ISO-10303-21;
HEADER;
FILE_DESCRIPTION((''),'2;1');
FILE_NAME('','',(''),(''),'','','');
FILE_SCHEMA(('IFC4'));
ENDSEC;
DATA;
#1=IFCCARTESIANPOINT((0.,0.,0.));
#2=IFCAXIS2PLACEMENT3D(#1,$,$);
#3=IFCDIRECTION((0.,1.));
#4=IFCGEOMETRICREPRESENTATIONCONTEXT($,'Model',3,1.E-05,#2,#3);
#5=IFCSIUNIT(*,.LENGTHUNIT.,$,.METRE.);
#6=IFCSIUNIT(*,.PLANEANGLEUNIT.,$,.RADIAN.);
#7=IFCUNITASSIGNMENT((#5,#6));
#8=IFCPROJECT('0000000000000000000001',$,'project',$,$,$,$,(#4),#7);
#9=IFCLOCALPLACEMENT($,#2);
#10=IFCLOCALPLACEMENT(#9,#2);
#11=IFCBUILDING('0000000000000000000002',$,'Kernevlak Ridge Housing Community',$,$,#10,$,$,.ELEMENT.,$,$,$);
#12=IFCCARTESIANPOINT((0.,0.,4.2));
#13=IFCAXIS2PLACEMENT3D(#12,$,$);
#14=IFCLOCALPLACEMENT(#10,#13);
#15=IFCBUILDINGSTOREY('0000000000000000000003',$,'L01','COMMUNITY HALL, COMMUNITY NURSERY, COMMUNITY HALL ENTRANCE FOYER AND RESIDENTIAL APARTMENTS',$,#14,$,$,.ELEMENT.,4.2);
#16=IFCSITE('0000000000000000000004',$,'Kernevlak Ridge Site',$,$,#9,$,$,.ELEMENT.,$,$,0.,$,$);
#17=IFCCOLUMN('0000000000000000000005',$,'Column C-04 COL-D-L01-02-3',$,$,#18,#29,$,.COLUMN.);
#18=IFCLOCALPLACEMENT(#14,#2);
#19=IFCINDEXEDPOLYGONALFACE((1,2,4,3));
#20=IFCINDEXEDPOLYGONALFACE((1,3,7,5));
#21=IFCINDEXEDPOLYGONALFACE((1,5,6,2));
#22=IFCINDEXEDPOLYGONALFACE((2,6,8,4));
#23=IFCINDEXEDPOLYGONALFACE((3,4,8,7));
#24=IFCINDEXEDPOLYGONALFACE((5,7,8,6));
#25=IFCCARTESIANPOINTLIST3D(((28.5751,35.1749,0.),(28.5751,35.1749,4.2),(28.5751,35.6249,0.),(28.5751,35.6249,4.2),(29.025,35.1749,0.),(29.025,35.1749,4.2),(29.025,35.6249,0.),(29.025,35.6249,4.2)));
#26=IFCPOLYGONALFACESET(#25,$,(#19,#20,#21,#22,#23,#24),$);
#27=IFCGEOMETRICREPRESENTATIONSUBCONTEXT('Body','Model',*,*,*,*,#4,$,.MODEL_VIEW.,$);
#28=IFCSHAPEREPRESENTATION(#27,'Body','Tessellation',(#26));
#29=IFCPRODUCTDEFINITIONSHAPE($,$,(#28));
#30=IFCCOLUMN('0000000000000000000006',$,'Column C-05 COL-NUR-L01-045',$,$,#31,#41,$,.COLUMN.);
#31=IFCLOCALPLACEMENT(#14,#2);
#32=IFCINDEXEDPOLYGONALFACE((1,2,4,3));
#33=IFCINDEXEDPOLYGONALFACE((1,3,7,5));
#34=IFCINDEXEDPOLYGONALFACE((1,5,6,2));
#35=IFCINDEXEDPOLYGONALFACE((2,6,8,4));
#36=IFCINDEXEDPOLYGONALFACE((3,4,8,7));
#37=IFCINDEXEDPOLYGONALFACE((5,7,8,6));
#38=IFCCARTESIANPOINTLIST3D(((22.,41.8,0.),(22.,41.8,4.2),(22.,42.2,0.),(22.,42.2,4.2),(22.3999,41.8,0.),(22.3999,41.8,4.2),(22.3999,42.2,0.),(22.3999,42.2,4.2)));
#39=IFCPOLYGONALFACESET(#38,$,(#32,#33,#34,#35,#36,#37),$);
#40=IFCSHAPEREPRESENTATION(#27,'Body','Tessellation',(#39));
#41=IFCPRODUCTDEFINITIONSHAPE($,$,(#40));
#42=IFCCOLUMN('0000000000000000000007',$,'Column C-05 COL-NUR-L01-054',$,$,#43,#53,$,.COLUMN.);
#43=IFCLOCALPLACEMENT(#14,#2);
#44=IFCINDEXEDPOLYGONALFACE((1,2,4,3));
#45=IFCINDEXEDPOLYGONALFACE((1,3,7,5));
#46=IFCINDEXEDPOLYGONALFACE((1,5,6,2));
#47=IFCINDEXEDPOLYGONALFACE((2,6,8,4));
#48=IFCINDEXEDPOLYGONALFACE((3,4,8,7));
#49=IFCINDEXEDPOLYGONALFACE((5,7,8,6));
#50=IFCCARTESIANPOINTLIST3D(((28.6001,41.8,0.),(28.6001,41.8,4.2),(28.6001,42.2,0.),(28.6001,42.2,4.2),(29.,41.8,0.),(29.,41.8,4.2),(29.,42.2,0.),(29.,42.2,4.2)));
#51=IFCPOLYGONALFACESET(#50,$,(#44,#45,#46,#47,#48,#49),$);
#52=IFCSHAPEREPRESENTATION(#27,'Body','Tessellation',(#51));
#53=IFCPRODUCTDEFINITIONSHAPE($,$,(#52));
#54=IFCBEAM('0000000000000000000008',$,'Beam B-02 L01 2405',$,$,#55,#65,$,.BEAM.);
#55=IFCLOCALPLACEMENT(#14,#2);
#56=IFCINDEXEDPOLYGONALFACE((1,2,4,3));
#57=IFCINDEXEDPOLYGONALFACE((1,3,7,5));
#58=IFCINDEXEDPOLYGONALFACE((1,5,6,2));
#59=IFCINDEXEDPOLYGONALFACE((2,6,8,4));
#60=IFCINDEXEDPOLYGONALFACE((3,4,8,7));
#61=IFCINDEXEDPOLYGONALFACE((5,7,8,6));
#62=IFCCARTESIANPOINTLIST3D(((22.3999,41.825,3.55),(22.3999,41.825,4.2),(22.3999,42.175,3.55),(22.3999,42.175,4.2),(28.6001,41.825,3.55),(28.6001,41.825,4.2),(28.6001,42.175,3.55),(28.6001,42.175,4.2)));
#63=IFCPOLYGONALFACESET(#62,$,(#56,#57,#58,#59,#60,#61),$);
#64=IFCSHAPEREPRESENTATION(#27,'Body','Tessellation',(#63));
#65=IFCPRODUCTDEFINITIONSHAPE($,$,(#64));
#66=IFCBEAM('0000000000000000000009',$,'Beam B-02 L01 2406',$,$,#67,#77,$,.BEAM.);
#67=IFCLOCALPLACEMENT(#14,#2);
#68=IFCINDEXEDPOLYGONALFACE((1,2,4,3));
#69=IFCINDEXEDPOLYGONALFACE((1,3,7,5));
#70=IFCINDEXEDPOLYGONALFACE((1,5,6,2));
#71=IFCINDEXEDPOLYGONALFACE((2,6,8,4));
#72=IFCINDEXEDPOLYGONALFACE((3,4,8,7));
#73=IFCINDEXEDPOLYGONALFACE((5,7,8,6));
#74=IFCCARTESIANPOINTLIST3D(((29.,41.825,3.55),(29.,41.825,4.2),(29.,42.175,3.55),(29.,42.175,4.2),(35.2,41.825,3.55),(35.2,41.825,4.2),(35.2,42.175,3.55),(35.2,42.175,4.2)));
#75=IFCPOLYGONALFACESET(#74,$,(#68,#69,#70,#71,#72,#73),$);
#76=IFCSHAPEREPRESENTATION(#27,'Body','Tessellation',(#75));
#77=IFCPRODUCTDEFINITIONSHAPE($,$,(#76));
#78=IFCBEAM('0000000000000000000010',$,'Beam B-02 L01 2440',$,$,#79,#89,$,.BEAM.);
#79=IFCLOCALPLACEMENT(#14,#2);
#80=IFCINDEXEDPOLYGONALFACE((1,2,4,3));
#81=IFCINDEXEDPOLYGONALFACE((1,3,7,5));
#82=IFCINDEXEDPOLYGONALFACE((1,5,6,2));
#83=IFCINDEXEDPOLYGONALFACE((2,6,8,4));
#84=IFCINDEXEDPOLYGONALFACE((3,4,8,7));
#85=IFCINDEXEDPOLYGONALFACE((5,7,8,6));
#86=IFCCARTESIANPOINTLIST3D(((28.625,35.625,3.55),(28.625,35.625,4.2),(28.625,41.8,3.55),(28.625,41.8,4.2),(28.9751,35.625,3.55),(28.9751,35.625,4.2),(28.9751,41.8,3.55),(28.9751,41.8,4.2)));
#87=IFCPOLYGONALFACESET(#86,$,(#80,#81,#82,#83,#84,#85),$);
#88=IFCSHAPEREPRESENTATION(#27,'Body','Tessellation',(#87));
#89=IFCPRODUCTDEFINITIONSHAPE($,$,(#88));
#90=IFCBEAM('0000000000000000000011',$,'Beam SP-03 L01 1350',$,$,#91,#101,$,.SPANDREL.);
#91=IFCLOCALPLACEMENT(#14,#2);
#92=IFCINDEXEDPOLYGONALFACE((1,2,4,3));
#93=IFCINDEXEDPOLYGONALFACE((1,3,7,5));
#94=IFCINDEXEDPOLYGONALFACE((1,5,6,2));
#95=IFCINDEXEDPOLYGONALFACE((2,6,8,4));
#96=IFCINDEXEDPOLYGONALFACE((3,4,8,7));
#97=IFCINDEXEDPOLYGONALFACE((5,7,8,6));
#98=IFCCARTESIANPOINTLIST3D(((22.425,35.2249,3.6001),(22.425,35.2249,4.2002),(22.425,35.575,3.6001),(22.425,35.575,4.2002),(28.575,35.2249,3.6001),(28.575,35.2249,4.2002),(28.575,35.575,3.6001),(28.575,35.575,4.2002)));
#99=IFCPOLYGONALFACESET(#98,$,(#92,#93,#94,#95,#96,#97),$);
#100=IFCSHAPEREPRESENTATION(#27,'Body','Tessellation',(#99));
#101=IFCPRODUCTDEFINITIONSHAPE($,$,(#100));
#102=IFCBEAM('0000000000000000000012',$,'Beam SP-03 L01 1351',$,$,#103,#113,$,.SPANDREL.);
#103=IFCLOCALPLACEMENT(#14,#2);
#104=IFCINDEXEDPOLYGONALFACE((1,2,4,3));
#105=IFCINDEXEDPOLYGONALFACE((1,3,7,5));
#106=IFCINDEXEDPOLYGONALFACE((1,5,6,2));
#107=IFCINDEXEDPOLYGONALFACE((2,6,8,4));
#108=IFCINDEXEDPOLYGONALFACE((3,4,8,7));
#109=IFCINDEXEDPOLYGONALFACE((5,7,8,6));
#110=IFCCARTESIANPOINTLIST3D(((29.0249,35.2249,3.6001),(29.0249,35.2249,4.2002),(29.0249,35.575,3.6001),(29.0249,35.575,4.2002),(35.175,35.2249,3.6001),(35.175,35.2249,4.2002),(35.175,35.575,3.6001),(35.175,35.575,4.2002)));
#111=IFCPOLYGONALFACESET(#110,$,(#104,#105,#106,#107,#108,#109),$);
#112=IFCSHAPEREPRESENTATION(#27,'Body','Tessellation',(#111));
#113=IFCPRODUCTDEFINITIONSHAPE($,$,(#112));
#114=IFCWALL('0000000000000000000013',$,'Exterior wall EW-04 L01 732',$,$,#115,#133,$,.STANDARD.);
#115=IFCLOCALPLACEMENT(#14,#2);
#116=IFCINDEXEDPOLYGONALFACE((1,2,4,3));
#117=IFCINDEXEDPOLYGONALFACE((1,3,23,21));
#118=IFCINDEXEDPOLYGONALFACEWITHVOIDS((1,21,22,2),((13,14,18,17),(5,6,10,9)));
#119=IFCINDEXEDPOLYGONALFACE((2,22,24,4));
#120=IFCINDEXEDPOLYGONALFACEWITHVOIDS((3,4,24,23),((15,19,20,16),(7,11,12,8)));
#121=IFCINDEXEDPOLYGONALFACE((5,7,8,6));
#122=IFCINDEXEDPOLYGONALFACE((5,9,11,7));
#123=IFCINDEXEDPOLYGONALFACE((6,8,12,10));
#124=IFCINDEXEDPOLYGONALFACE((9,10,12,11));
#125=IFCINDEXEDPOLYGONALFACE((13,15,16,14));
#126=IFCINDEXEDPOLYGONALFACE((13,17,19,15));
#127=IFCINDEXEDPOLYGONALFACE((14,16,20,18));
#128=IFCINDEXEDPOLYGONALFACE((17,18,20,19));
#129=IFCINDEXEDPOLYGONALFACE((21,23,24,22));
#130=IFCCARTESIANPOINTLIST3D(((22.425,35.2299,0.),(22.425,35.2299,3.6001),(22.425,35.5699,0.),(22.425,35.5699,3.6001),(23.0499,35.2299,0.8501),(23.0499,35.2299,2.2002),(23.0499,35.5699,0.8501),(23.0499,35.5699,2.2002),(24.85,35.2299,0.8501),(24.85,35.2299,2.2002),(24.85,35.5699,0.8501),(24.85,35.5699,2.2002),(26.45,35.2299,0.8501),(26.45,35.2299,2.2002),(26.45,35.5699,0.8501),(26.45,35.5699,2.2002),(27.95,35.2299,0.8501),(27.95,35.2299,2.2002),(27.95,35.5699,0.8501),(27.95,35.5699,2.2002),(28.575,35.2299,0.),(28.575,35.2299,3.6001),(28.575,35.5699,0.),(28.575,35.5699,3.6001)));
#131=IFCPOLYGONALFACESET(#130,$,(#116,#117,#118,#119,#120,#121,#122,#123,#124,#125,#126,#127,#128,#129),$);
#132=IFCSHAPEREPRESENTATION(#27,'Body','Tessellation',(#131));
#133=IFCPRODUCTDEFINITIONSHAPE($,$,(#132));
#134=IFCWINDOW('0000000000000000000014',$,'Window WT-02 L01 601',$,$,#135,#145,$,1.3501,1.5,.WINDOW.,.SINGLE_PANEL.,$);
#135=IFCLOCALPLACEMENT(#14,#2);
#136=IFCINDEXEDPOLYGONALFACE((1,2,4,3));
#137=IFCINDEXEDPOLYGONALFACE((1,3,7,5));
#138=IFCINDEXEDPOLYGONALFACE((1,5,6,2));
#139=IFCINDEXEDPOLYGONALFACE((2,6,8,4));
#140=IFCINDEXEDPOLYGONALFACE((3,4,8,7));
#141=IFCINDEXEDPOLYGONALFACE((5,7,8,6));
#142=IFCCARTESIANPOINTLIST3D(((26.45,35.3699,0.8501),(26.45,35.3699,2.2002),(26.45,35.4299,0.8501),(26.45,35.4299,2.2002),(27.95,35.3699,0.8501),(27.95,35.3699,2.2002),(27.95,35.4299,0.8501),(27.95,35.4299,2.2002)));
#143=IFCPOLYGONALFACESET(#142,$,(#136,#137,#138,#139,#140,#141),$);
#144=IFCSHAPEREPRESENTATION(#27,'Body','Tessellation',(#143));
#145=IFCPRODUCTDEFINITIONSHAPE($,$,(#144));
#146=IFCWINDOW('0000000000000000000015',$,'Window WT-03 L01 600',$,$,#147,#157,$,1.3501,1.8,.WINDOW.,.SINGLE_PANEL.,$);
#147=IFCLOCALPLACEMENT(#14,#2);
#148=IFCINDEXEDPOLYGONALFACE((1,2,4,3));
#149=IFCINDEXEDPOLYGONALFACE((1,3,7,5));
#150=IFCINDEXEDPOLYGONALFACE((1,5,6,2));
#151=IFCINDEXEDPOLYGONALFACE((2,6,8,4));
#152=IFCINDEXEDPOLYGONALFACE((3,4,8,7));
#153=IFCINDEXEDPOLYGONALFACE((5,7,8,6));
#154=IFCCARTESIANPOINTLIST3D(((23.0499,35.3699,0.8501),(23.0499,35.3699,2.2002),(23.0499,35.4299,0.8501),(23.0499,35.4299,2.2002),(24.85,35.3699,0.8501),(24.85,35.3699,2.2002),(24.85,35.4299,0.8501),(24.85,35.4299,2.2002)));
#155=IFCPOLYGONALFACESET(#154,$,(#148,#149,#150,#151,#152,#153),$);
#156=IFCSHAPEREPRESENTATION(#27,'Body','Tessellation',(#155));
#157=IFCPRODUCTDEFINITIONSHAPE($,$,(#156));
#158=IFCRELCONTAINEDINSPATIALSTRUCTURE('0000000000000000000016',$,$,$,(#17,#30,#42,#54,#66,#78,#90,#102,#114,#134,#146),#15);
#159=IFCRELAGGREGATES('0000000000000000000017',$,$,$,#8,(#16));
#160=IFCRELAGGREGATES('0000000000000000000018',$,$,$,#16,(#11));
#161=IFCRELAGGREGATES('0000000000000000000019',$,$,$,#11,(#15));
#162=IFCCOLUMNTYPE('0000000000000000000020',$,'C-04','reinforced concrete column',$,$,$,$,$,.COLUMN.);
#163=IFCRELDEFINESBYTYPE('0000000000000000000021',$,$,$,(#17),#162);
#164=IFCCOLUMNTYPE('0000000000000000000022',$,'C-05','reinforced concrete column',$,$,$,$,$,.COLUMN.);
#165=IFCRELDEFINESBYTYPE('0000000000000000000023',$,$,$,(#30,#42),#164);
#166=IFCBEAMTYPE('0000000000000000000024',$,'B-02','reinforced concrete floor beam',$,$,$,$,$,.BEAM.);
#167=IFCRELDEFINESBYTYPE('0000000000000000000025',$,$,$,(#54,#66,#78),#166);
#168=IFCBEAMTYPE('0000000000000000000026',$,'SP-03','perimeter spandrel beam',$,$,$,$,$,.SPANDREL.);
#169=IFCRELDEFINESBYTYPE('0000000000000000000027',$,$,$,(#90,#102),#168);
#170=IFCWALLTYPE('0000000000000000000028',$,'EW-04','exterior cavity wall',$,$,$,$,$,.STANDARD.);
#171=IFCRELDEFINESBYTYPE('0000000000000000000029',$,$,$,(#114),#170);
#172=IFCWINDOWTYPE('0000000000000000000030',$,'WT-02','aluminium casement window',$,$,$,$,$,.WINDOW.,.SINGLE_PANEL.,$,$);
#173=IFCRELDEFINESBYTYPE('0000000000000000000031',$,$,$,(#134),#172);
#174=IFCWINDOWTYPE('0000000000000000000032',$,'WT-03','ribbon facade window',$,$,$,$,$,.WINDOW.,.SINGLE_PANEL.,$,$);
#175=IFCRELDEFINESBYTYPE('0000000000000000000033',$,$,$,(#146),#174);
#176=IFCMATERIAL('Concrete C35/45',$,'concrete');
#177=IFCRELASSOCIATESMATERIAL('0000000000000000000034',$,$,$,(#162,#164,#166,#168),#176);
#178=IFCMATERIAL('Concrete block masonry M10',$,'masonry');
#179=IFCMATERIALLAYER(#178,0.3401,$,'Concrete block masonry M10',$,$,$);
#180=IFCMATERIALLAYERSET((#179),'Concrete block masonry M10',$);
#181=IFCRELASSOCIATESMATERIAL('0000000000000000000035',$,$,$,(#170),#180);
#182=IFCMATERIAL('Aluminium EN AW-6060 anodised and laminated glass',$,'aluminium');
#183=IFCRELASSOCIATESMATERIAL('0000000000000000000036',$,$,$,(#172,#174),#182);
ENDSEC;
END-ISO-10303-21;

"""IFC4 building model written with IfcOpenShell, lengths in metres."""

from ifc_helpers import new_model, si_unit, direction, frame, frame_2d, origin, origin_2d, place, context, subcontext, project, spatial, rectangle, extrude, material, layer, layer_set, material_profile, profile_set, type_object, element, fill, save


model = new_model("IFC4")

# Units and contexts
model_context = context("Model", 3, precision=1e-05, world=origin(), true_north=direction((0.0, 1.0)))
body_context = subcontext(model_context, "Body", "Model", "MODEL_VIEW")
ifc_project = project(units=[si_unit("LENGTHUNIT", "METRE"), si_unit("PLANEANGLEUNIT", "RADIAN")], contexts=[model_context])

# Site, building, storey
site_placement = place(None, origin())
site = spatial("IfcSite", under=ifc_project, at=site_placement, Name="Kernevlak Ridge Site", CompositionType="ELEMENT", RefElevation=0.0)
building_placement = place(site_placement, origin())
building = spatial("IfcBuilding", under=site, at=building_placement, Name="Kernevlak Ridge Housing Community", CompositionType="ELEMENT")
storey_placement = place(building_placement, frame((0.0, 0.0, 4.2)))
storey = spatial("IfcBuildingStorey", under=building, at=storey_placement, Name="L01", Description="COMMUNITY HALL, COMMUNITY NURSERY, COMMUNITY HALL ENTRANCE FOYER AND RESIDENTIAL APARTMENTS", CompositionType="ELEMENT", Elevation=4.2)

# Columns
ifc_material_1 = material(Name="Concrete C35/45", Category="concrete")
ifc_material_profile_1 = material_profile(ifc_material_1, rectangle(XDim=0.45, YDim=0.45, at=origin_2d()), Name="RC 450x450")
ifc_profile_set_1 = profile_set([ifc_material_profile_1], Name="Concrete C35/45")
column_type_1 = type_object("IfcColumnType", Name="C-04", Description="reinforced concrete column", PredefinedType="COLUMN", material=ifc_profile_set_1)
column_placement = place(storey_placement, frame((28.8, 35.3999, 0.0), z_axis=(0.0, 0.0, 1.0), x_axis=(1.0, 0.0, 0.0)))
element("IfcColumn", 1, at=column_placement, inside=storey, type_object=column_type_1, Name="Column C-04 COL-D-L01-02-3", PredefinedType="COLUMN", context=body_context, shape_type="SweptSolid", body=[
    extrude(rectangle(XDim=0.45, YDim=0.45, at=origin_2d()), origin(), (0.0, 0.0, 1.0), 4.2),
])
ifc_material_profile_2 = material_profile(ifc_material_1, rectangle(XDim=0.3999, YDim=0.3999, at=origin_2d()), Name="RC 400x400")
ifc_profile_set_2 = profile_set([ifc_material_profile_2], Name="Concrete C35/45")
column_type_2 = type_object("IfcColumnType", Name="C-05", Description="reinforced concrete column", PredefinedType="COLUMN", material=ifc_profile_set_2)
for number, where, z_axis, x_axis, name in (
    (2, (22.2, 42.0, 0.0), (0.0, 0.0, 1.0), (1.0, 0.0, 0.0), "Column C-05 COL-NUR-L01-045"),
    (3, (28.8, 42.0, 0.0), (0.0, 0.0, 1.0), (1.0, 0.0, 0.0), "Column C-05 COL-NUR-L01-054"),
):
    element("IfcColumn", number, at=place(storey_placement, frame(where, z_axis=z_axis, x_axis=x_axis)), inside=storey, type_object=column_type_2, Name=name, PredefinedType="COLUMN", context=body_context, shape_type="SweptSolid", body=[
        extrude(rectangle(XDim=0.3999, YDim=0.3999, at=origin_2d()), origin(), (0.0, 0.0, 1.0), 4.2),
    ])

# Beams
ifc_material_profile_3 = material_profile(ifc_material_1, rectangle(XDim=0.3501, YDim=0.6499, at=origin_2d()), Name="RC 350x650")
ifc_profile_set_3 = profile_set([ifc_material_profile_3], Name="Concrete C35/45")
beam_type_1 = type_object("IfcBeamType", Name="B-02", Description="reinforced concrete floor beam", PredefinedType="BEAM", material=ifc_profile_set_3)
beam_1_placement = place(storey_placement, frame((22.3999, 42.0, 3.875), z_axis=(1.0, 0.0, 0.0), x_axis=(0.0, 1.0, 0.0)))
element("IfcBeam", 4, at=beam_1_placement, inside=storey, type_object=beam_type_1, Name="Beam B-02 L01 2405", PredefinedType="BEAM", context=body_context, shape_type="SweptSolid", body=[
    extrude(rectangle(XDim=0.3501, YDim=0.6499, at=origin_2d()), origin(), (0.0, 0.0, 1.0), 6.2002),
])
beam_2_placement = place(storey_placement, frame((29.0, 42.0, 3.875), z_axis=(1.0, 0.0, 0.0), x_axis=(0.0, 1.0, 0.0)))
element("IfcBeam", 5, at=beam_2_placement, inside=storey, type_object=beam_type_1, Name="Beam B-02 L01 2406", PredefinedType="BEAM", context=body_context, shape_type="SweptSolid", body=[
    extrude(rectangle(XDim=0.3501, YDim=0.6499, at=origin_2d()), origin(), (0.0, 0.0, 1.0), 6.2),
])
beam_3_placement = place(storey_placement, frame((28.8, 35.625, 3.875), z_axis=(0.0, 1.0, 0.0), x_axis=(-1.0, 0.0, 0.0)))
element("IfcBeam", 6, at=beam_3_placement, inside=storey, type_object=beam_type_1, Name="Beam B-02 L01 2440", PredefinedType="BEAM", context=body_context, shape_type="SweptSolid", body=[
    extrude(rectangle(XDim=0.3501, YDim=0.6499, at=origin_2d()), origin(), (0.0, 0.0, 1.0), 6.175),
])
ifc_material_profile_4 = material_profile(ifc_material_1, rectangle(XDim=0.3501, YDim=0.6001, at=origin_2d()), Name="RC 350x600")
ifc_profile_set_4 = profile_set([ifc_material_profile_4], Name="Concrete C35/45")
beam_type_2 = type_object("IfcBeamType", Name="SP-03", Description="perimeter spandrel beam", PredefinedType="SPANDREL", material=ifc_profile_set_4)
beam_4_placement = place(storey_placement, frame((22.425, 35.3999, 3.9001), z_axis=(1.0, 0.0, 0.0), x_axis=(0.0, 1.0, 0.0)))
element("IfcBeam", 7, at=beam_4_placement, inside=storey, type_object=beam_type_2, Name="Beam SP-03 L01 1350", PredefinedType="SPANDREL", context=body_context, shape_type="SweptSolid", body=[
    extrude(rectangle(XDim=0.3501, YDim=0.6001, at=origin_2d()), origin(), (0.0, 0.0, 1.0), 6.1499),
])
beam_5_placement = place(storey_placement, frame((29.0249, 35.3999, 3.9001), z_axis=(1.0, 0.0, 0.0), x_axis=(0.0, 1.0, 0.0)))
element("IfcBeam", 8, at=beam_5_placement, inside=storey, type_object=beam_type_2, Name="Beam SP-03 L01 1351", PredefinedType="SPANDREL", context=body_context, shape_type="SweptSolid", body=[
    extrude(rectangle(XDim=0.3501, YDim=0.6001, at=origin_2d()), origin(), (0.0, 0.0, 1.0), 6.1501),
])

# Wall, openings, windows
ifc_material_2 = material(Name="Concrete block masonry M10", Category="masonry")
ifc_layer_1 = layer(ifc_material_2, 0.3401, Name="Concrete block masonry M10")
ifc_layer_set_1 = layer_set([ifc_layer_1], Name="Concrete block masonry M10")
wall_type_1 = type_object("IfcWallType", Name="EW-04", Description="exterior cavity wall", PredefinedType="STANDARD", material=ifc_layer_set_1)
wall_1_placement = place(storey_placement, frame((22.425, 35.3999, 0.0), z_axis=(0.0, 0.0, 1.0), x_axis=(1.0, 0.0, 0.0)))
wall_1 = element("IfcWall", 9, at=wall_1_placement, inside=storey, type_object=wall_type_1, Name="Exterior wall EW-04 L01 732", PredefinedType="STANDARD", context=body_context, shape_type="SweptSolid", body=[
    extrude(rectangle(XDim=6.1499, YDim=0.3401, at=frame_2d((3.075, 0.0))), origin(), (0.0, 0.0, 1.0), 3.6001),
])
opening_1_placement = place(wall_1_placement, frame((0.625, 0.0, 0.8501)))
opening_1 = element("IfcOpeningElement", 10, at=opening_1_placement, cuts=wall_1, PredefinedType="OPENING", context=body_context, shape_type="SweptSolid", body=[
    extrude(rectangle(XDim=1.8, YDim=1.3501, at=frame_2d((0.8999, 0.675))), frame((0.0, 0.1799, 0.0), z_axis=(0.0, -1.0, 0.0), x_axis=(1.0, 0.0, 0.0)), (0.0, 0.0, 1.0), 0.3601),
])
opening_2_placement = place(wall_1_placement, frame((4.0249, 0.0, 0.8501)))
opening_2 = element("IfcOpeningElement", 11, at=opening_2_placement, cuts=wall_1, PredefinedType="OPENING", context=body_context, shape_type="SweptSolid", body=[
    extrude(rectangle(XDim=1.5, YDim=1.3501, at=frame_2d((0.75, 0.675))), frame((0.0, 0.1799, 0.0), z_axis=(0.0, -1.0, 0.0), x_axis=(1.0, 0.0, 0.0)), (0.0, 0.0, 1.0), 0.3601),
])
ifc_material_3 = material(Name="Aluminium EN AW-6060 anodised and laminated glass", Category="aluminium")
window_type_1 = type_object("IfcWindowType", Name="WT-02", Description="aluminium casement window", PartitioningType="SINGLE_PANEL", PredefinedType="WINDOW", material=ifc_material_3)
window_1_placement = place(opening_2_placement, origin())
window_1 = element("IfcWindow", 12, at=window_1_placement, inside=storey, type_object=window_type_1, Name="Window WT-02 L01 601", OverallHeight=1.3501, OverallWidth=1.5, PartitioningType="SINGLE_PANEL", PredefinedType="WINDOW", context=body_context, shape_type="SweptSolid", body=[
    extrude(rectangle(XDim=1.5, YDim=1.3501, at=frame_2d((0.75, 0.675))), frame((0.0, 0.03, 0.0), z_axis=(0.0, -1.0, 0.0), x_axis=(1.0, 0.0, 0.0)), (0.0, 0.0, 1.0), 0.0601),
])
fill(opening_2, window_1)
window_type_2 = type_object("IfcWindowType", Name="WT-03", Description="ribbon facade window", PartitioningType="SINGLE_PANEL", PredefinedType="WINDOW", material=ifc_material_3)
window_2_placement = place(opening_1_placement, origin())
window_2 = element("IfcWindow", 13, at=window_2_placement, inside=storey, type_object=window_type_2, Name="Window WT-03 L01 600", OverallHeight=1.3501, OverallWidth=1.8, PartitioningType="SINGLE_PANEL", PredefinedType="WINDOW", context=body_context, shape_type="SweptSolid", body=[
    extrude(rectangle(XDim=1.8, YDim=1.3501, at=frame_2d((0.8999, 0.675))), frame((0.0, 0.03, 0.0), z_axis=(0.0, -1.0, 0.0), x_axis=(1.0, 0.0, 0.0)), (0.0, 0.0, 1.0), 0.0601),
])
fill(opening_1, window_2)

save(model, "model.ifc")
